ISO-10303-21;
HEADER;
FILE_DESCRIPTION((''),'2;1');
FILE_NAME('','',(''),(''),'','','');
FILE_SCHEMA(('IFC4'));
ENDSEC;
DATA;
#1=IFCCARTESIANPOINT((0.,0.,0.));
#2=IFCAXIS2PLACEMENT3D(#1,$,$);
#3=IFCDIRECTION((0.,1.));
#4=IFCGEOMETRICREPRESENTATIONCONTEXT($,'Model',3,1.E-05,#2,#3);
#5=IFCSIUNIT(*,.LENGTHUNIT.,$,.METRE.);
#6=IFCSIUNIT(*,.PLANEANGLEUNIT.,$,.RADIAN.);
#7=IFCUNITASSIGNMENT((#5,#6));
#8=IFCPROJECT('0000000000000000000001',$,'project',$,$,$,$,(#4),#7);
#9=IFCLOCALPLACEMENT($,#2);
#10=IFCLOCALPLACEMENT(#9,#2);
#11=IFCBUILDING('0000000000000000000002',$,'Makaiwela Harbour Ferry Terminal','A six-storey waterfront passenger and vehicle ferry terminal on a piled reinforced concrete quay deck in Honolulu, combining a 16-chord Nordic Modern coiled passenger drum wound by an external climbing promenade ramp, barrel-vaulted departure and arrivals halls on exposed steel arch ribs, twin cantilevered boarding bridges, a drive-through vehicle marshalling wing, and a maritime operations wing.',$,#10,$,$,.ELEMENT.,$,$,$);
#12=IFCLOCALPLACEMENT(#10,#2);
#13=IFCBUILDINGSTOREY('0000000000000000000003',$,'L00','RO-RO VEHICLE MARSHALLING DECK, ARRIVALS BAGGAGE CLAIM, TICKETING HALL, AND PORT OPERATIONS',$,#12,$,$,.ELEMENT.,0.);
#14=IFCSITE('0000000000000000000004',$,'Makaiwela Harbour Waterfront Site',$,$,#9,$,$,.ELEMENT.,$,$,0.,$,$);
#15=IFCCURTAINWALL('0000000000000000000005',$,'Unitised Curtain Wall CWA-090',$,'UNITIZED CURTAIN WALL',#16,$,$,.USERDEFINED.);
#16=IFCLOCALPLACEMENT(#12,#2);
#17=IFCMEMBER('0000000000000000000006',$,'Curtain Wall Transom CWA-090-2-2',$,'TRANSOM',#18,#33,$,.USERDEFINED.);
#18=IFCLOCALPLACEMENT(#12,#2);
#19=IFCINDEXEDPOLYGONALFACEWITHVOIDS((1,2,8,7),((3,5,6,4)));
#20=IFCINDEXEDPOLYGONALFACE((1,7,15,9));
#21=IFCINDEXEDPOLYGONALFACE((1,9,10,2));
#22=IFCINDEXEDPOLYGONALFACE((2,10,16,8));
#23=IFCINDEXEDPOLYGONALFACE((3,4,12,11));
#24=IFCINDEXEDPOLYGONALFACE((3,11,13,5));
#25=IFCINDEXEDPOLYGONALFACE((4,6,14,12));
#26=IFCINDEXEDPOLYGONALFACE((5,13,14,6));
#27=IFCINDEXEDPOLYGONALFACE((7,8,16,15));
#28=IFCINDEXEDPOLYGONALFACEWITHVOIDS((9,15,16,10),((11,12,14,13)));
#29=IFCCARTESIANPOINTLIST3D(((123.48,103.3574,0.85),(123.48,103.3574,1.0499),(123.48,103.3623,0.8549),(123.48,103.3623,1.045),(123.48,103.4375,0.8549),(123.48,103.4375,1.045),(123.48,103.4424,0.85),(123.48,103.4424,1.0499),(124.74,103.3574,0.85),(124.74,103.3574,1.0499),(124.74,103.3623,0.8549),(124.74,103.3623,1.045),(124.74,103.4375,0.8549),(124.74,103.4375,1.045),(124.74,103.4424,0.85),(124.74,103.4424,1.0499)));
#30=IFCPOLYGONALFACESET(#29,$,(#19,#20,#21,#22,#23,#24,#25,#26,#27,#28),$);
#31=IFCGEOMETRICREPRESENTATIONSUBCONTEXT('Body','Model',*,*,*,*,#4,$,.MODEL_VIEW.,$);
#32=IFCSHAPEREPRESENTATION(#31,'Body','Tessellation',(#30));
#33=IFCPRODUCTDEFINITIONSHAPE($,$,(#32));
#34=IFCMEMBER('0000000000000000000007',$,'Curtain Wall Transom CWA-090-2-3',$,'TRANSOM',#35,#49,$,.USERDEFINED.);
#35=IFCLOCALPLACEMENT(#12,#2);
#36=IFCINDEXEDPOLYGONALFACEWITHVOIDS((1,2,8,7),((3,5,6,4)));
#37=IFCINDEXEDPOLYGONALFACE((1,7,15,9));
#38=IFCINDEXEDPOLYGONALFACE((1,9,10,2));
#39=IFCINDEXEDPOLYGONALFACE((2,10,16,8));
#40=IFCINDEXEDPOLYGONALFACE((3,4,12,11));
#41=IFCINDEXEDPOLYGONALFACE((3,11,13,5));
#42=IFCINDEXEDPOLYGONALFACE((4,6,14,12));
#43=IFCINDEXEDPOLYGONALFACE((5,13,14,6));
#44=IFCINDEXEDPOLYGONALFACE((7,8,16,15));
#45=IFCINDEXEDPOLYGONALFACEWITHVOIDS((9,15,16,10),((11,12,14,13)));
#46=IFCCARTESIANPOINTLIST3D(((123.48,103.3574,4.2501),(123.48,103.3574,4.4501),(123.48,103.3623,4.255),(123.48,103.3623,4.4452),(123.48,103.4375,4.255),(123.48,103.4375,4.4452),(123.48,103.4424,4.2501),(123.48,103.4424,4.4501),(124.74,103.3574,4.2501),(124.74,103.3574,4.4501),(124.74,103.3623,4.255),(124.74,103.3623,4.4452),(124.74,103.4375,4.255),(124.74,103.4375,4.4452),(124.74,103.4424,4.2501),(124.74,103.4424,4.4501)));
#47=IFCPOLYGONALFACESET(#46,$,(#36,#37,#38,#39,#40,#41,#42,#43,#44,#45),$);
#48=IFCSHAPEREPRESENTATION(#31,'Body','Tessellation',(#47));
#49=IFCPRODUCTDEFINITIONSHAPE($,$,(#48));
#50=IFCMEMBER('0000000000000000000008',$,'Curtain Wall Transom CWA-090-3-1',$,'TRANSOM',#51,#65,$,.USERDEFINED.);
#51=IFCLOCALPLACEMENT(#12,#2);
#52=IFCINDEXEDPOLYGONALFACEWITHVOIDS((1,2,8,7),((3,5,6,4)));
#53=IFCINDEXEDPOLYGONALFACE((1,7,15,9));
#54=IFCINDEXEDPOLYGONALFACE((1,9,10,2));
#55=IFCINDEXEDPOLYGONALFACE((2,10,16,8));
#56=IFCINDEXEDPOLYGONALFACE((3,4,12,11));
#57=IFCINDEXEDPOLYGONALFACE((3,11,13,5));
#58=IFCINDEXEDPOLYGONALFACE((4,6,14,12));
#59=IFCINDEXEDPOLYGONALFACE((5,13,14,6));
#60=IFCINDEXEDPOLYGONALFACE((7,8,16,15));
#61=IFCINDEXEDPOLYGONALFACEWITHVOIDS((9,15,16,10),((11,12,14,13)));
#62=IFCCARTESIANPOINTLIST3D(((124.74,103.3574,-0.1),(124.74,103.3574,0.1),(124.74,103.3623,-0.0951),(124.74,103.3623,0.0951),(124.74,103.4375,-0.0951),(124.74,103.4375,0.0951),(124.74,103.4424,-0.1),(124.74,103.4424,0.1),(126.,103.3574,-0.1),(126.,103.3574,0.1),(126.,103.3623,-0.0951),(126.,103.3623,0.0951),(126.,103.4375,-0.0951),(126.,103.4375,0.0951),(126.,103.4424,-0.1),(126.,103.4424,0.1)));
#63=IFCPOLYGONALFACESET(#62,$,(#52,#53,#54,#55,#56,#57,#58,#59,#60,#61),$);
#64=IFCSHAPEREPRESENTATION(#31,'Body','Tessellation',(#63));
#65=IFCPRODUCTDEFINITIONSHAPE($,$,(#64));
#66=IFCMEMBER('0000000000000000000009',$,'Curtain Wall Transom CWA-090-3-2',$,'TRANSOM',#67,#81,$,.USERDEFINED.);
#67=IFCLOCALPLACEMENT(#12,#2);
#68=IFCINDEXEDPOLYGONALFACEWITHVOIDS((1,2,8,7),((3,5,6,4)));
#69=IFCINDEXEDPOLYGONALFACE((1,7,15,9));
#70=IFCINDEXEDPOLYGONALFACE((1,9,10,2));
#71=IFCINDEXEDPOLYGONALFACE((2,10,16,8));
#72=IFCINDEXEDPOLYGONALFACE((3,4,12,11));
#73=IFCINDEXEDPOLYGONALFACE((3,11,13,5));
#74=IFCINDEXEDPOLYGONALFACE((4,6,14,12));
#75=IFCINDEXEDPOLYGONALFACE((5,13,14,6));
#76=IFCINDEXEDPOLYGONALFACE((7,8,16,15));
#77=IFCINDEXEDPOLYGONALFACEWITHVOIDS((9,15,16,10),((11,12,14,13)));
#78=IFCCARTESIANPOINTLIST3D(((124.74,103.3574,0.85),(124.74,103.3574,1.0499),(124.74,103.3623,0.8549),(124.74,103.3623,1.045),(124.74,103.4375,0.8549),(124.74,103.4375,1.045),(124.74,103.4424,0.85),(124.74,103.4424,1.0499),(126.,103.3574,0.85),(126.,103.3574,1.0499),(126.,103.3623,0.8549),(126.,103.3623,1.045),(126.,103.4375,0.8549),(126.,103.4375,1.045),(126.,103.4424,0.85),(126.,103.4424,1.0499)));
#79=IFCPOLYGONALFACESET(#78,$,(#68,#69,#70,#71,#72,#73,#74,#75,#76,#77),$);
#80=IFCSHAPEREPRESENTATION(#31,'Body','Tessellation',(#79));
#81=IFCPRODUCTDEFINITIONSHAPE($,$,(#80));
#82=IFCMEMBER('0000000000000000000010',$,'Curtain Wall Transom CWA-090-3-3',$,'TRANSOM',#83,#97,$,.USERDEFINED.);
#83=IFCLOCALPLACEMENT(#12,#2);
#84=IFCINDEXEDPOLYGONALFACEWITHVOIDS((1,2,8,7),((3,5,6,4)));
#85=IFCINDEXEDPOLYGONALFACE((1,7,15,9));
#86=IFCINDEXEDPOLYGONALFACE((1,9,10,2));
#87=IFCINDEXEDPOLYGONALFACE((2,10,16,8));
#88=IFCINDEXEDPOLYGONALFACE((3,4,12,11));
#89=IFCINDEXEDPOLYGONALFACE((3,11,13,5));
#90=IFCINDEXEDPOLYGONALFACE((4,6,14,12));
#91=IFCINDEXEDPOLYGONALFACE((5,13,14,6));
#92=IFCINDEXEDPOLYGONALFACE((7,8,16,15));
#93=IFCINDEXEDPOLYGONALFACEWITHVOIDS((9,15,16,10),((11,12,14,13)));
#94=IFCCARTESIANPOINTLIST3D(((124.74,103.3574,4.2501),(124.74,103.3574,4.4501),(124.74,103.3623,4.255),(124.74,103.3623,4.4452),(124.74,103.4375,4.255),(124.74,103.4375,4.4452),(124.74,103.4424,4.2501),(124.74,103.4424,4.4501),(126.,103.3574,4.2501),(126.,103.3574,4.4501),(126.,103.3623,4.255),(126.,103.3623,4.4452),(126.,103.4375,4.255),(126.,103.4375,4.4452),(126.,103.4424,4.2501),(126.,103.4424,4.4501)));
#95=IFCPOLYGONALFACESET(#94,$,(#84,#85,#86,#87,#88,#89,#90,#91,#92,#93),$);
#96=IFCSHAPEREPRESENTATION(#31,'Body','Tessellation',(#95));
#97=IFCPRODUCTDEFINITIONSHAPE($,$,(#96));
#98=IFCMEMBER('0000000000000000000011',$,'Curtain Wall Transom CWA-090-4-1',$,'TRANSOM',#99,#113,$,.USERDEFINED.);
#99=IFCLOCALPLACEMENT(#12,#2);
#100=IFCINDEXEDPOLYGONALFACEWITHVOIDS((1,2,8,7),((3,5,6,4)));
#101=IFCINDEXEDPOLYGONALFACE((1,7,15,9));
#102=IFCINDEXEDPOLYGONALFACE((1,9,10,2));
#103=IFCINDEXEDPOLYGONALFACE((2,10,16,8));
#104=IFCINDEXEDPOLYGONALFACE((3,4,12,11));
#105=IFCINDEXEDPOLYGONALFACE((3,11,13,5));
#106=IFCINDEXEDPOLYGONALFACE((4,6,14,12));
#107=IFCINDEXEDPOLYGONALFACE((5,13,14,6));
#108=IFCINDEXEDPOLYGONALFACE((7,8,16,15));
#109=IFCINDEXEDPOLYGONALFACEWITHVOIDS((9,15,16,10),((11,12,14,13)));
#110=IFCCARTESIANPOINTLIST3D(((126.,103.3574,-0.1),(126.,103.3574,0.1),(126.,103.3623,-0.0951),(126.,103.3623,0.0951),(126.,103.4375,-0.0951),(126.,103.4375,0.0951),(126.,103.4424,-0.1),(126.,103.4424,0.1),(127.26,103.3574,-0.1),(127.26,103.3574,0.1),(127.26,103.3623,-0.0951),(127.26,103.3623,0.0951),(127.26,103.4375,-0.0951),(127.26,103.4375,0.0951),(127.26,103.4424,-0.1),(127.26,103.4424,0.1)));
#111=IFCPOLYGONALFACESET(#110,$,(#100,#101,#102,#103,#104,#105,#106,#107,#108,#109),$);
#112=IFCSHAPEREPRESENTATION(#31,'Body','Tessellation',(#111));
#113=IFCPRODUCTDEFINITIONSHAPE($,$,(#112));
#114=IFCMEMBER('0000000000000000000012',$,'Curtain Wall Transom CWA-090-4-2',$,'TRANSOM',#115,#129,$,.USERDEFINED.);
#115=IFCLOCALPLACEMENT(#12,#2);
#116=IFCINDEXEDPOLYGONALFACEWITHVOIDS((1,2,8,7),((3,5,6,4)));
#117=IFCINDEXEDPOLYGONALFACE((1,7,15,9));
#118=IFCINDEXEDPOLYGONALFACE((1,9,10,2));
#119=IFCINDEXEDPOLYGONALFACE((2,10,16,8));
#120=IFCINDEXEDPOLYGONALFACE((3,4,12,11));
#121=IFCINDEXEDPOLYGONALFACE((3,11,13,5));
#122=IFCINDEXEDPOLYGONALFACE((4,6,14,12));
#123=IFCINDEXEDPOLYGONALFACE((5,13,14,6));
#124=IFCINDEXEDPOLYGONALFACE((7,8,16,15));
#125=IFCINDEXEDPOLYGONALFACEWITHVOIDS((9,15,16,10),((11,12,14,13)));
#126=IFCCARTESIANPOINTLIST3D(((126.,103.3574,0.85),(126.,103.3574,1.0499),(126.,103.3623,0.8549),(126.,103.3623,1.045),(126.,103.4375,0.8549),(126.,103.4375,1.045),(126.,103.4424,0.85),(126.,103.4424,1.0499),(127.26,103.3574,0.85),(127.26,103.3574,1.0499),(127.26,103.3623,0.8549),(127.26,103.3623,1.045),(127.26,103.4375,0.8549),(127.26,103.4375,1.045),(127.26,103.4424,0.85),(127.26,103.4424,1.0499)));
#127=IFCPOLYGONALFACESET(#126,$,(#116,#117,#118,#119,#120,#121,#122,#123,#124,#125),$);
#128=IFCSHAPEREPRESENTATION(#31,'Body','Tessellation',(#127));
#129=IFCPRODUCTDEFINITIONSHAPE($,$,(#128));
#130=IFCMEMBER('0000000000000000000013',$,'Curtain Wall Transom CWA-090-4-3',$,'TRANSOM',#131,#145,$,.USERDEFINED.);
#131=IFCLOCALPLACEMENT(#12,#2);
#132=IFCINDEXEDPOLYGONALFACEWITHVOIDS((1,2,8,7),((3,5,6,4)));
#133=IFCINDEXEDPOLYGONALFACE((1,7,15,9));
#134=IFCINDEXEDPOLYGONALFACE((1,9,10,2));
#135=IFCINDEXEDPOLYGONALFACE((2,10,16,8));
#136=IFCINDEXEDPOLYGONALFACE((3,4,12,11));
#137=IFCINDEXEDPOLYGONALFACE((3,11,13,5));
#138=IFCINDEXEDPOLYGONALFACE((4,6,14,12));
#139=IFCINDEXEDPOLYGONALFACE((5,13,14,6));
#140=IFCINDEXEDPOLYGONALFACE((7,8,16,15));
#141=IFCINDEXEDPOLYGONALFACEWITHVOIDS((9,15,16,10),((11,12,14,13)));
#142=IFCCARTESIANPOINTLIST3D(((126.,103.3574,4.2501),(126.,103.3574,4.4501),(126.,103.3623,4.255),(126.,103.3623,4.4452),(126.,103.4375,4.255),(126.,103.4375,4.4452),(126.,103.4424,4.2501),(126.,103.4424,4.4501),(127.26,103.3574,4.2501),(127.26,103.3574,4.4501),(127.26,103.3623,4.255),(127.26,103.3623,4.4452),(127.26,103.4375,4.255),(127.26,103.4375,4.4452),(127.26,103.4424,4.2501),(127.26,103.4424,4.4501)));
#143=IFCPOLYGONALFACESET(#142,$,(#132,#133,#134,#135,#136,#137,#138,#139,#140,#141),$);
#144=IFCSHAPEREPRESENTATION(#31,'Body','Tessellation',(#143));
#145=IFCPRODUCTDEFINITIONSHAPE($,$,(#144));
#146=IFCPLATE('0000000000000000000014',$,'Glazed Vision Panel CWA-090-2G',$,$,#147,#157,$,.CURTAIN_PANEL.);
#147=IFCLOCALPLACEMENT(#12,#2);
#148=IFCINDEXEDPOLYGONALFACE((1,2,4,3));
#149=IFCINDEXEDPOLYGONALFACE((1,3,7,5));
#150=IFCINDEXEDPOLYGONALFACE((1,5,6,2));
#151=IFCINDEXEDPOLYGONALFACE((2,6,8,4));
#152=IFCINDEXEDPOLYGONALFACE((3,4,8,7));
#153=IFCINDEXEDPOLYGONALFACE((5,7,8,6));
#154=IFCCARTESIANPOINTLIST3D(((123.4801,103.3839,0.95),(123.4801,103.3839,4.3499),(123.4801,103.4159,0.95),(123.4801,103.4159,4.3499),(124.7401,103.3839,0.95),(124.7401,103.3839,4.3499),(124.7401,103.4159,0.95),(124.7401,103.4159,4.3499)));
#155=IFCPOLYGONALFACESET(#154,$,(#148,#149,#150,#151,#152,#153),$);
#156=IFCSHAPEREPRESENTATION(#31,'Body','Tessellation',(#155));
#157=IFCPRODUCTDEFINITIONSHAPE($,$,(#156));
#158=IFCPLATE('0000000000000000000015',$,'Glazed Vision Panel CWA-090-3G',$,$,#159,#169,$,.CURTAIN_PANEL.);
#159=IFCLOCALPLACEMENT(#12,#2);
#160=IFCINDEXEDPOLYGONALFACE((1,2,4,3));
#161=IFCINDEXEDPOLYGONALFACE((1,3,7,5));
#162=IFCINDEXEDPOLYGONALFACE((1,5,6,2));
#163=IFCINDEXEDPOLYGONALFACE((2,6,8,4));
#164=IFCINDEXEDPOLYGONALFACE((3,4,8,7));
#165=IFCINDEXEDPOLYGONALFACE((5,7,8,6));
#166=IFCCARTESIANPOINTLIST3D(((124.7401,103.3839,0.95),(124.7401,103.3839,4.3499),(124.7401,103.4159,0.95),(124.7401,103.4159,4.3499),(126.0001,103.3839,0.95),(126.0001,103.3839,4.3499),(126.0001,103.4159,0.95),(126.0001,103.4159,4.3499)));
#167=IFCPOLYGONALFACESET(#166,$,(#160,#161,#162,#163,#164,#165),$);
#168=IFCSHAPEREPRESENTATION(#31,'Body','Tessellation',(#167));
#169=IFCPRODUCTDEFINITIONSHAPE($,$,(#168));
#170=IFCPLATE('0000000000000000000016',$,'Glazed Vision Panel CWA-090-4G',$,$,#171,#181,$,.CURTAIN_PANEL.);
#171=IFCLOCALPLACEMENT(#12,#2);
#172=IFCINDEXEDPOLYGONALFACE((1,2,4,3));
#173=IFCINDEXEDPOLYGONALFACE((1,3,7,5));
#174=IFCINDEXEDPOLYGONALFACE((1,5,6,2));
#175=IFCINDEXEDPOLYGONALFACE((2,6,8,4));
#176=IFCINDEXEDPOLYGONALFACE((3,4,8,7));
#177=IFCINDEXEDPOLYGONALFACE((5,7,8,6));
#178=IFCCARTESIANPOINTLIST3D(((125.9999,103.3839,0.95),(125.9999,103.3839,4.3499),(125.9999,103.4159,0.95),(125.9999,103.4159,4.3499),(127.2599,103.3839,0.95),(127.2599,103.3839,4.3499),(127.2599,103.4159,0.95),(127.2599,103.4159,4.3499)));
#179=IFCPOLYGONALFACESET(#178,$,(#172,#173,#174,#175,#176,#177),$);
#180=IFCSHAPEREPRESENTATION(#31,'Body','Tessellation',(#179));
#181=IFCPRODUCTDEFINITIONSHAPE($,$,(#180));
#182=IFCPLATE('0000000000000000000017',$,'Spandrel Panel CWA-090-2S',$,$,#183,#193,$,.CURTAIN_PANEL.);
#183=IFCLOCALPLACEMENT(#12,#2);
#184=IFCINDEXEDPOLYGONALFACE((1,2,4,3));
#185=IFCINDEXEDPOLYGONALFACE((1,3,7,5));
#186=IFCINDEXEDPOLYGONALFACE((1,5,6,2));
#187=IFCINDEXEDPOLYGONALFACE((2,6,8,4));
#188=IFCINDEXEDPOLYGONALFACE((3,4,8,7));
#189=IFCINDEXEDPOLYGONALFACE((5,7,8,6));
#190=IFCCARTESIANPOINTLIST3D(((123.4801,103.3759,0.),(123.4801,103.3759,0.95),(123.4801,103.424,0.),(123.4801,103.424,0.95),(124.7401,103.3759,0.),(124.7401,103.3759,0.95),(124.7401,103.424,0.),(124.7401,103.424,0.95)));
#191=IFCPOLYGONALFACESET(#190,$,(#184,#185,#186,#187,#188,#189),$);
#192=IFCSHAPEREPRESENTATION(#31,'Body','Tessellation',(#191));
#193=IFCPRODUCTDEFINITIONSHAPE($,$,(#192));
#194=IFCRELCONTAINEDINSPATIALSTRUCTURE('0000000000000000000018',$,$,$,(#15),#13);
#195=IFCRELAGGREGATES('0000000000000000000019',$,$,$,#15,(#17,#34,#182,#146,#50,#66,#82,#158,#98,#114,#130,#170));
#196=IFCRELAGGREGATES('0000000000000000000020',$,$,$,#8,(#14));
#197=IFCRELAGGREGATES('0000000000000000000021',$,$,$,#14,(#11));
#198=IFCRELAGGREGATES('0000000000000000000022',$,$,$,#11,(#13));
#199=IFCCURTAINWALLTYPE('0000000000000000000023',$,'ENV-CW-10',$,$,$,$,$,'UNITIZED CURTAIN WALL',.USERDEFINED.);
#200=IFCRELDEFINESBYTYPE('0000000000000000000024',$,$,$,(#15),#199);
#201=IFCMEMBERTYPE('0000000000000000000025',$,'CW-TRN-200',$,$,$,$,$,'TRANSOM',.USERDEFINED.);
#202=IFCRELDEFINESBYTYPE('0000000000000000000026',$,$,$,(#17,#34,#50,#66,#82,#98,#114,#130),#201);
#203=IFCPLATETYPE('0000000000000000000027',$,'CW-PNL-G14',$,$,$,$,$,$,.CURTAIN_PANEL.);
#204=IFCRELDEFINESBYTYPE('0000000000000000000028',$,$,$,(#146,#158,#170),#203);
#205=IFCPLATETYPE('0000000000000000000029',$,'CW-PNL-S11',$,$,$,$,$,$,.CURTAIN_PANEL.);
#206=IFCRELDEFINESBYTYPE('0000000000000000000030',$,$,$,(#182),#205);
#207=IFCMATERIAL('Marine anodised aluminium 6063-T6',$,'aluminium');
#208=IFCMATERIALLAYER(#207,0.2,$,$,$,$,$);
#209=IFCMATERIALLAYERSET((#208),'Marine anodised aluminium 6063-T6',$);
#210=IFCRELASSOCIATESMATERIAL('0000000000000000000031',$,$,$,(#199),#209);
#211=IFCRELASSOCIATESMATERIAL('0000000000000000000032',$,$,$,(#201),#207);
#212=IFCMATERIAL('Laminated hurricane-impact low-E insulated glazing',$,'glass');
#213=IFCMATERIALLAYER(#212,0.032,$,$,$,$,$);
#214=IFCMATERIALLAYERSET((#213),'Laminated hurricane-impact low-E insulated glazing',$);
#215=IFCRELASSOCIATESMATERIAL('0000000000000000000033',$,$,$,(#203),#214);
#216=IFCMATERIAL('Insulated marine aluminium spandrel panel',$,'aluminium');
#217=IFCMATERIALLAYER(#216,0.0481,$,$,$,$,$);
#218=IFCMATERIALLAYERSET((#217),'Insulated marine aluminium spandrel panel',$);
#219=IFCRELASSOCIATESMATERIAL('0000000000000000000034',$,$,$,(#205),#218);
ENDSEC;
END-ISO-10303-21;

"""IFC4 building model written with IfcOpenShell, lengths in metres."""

from ifc_helpers import new_model, si_unit, direction, frame, origin, origin_2d, place, context, subcontext, project, spatial, rectangle, hollow_rectangle, extrude, material, layer, layer_set, material_profile, profile_set, type_object, element, aggregate, save


model = new_model("IFC4")

# Units and contexts
model_context = context("Model", 3, precision=1e-05, world=origin(), true_north=direction((0.0, 1.0)))
body_context = subcontext(model_context, "Body", "Model", "MODEL_VIEW")
ifc_project = project(units=[si_unit("LENGTHUNIT", "METRE"), si_unit("PLANEANGLEUNIT", "RADIAN")], contexts=[model_context])

# Site, building, storey
site_placement = place(None, origin())
site = spatial("IfcSite", under=ifc_project, at=site_placement, Name="Makaiwela Harbour Waterfront Site", CompositionType="ELEMENT", RefElevation=0.0)
building_placement = place(site_placement, origin())
building = spatial("IfcBuilding", under=site, at=building_placement, Name="Makaiwela Harbour Ferry Terminal", Description="A six-storey waterfront passenger and vehicle ferry terminal on a piled reinforced concrete quay deck in Honolulu, combining a 16-chord Nordic Modern coiled passenger drum wound by an external climbing promenade ramp, barrel-vaulted departure and arrivals halls on exposed steel arch ribs, twin cantilevered boarding bridges, a drive-through vehicle marshalling wing, and a maritime operations wing.", CompositionType="ELEMENT")
storey_placement = place(building_placement, origin())
storey = spatial("IfcBuildingStorey", under=building, at=storey_placement, Name="L00", Description="RO-RO VEHICLE MARSHALLING DECK, ARRIVALS BAGGAGE CLAIM, TICKETING HALL, AND PORT OPERATIONS", CompositionType="ELEMENT", Elevation=0.0)

# Curtain wall, members, plates
ifc_material_1 = material(Name="Marine anodised aluminium 6063-T6", Category="aluminium")
ifc_layer_1 = layer(ifc_material_1, 0.2)
ifc_layer_set_1 = layer_set([ifc_layer_1], Name="Marine anodised aluminium 6063-T6")
curtain_wall_type = type_object("IfcCurtainWallType", Name="ENV-CW-10", ElementType="UNITIZED CURTAIN WALL", PredefinedType="USERDEFINED", material=ifc_layer_set_1)
curtain_wall_placement = place(storey_placement, origin())
curtain_wall = element("IfcCurtainWall", 1, at=curtain_wall_placement, inside=storey, type_object=curtain_wall_type, Name="Unitised Curtain Wall CWA-090", ObjectType="UNITIZED CURTAIN WALL", PredefinedType="USERDEFINED")
ifc_material_profile_1 = material_profile(ifc_material_1, hollow_rectangle(XDim=0.085, YDim=0.2, WallThickness=0.0049, at=origin_2d()), Name="CWT-200X85")
ifc_profile_set_1 = profile_set([ifc_material_profile_1], Name="Marine anodised aluminium 6063-T6")
member_type_1 = type_object("IfcMemberType", Name="CW-TRN-200", ElementType="TRANSOM", PredefinedType="USERDEFINED", material=ifc_profile_set_1)
member_1_placement = place(storey_placement, frame((123.48, 103.3999, 0.95), z_axis=(1.0, 0.0, 0.0), x_axis=(0.0, 1.0, 0.0)))
member_1 = element("IfcMember", 2, at=member_1_placement, type_object=member_type_1, Name="Curtain Wall Transom CWA-090-2-2", ObjectType="TRANSOM", PredefinedType="USERDEFINED", context=body_context, shape_type="SweptSolid", body=[
    extrude(hollow_rectangle(XDim=0.085, YDim=0.2, WallThickness=0.0049, at=origin_2d()), origin(), (0.0, 0.0, 1.0), 1.26),
])
member_2_placement = place(storey_placement, frame((123.48, 103.3999, 4.3501), z_axis=(1.0, 0.0, 0.0), x_axis=(0.0, 1.0, 0.0)))
member_2 = element("IfcMember", 3, at=member_2_placement, type_object=member_type_1, Name="Curtain Wall Transom CWA-090-2-3", ObjectType="TRANSOM", PredefinedType="USERDEFINED", context=body_context, shape_type="SweptSolid", body=[
    extrude(hollow_rectangle(XDim=0.085, YDim=0.2, WallThickness=0.0049, at=origin_2d()), origin(), (0.0, 0.0, 1.0), 1.26),
])
member_3_placement = place(storey_placement, frame((124.74, 103.3999, 0.0), z_axis=(1.0, 0.0, 0.0), x_axis=(0.0, 1.0, 0.0)))
member_3 = element("IfcMember", 4, at=member_3_placement, type_object=member_type_1, Name="Curtain Wall Transom CWA-090-3-1", ObjectType="TRANSOM", PredefinedType="USERDEFINED", context=body_context, shape_type="SweptSolid", body=[
    extrude(hollow_rectangle(XDim=0.085, YDim=0.2, WallThickness=0.0049, at=origin_2d()), origin(), (0.0, 0.0, 1.0), 1.26),
])
member_4_placement = place(storey_placement, frame((124.74, 103.3999, 0.95), z_axis=(1.0, 0.0, 0.0), x_axis=(0.0, 1.0, 0.0)))
member_4 = element("IfcMember", 5, at=member_4_placement, type_object=member_type_1, Name="Curtain Wall Transom CWA-090-3-2", ObjectType="TRANSOM", PredefinedType="USERDEFINED", context=body_context, shape_type="SweptSolid", body=[
    extrude(hollow_rectangle(XDim=0.085, YDim=0.2, WallThickness=0.0049, at=origin_2d()), origin(), (0.0, 0.0, 1.0), 1.26),
])
member_5_placement = place(storey_placement, frame((124.74, 103.3999, 4.3501), z_axis=(1.0, 0.0, 0.0), x_axis=(0.0, 1.0, 0.0)))
member_5 = element("IfcMember", 6, at=member_5_placement, type_object=member_type_1, Name="Curtain Wall Transom CWA-090-3-3", ObjectType="TRANSOM", PredefinedType="USERDEFINED", context=body_context, shape_type="SweptSolid", body=[
    extrude(hollow_rectangle(XDim=0.085, YDim=0.2, WallThickness=0.0049, at=origin_2d()), origin(), (0.0, 0.0, 1.0), 1.26),
])
member_6_placement = place(storey_placement, frame((126.0, 103.3999, 0.0), z_axis=(1.0, 0.0, 0.0), x_axis=(0.0, 1.0, 0.0)))
member_6 = element("IfcMember", 7, at=member_6_placement, type_object=member_type_1, Name="Curtain Wall Transom CWA-090-4-1", ObjectType="TRANSOM", PredefinedType="USERDEFINED", context=body_context, shape_type="SweptSolid", body=[
    extrude(hollow_rectangle(XDim=0.085, YDim=0.2, WallThickness=0.0049, at=origin_2d()), origin(), (0.0, 0.0, 1.0), 1.26),
])
member_7_placement = place(storey_placement, frame((126.0, 103.3999, 0.95), z_axis=(1.0, 0.0, 0.0), x_axis=(0.0, 1.0, 0.0)))
member_7 = element("IfcMember", 8, at=member_7_placement, type_object=member_type_1, Name="Curtain Wall Transom CWA-090-4-2", ObjectType="TRANSOM", PredefinedType="USERDEFINED", context=body_context, shape_type="SweptSolid", body=[
    extrude(hollow_rectangle(XDim=0.085, YDim=0.2, WallThickness=0.0049, at=origin_2d()), origin(), (0.0, 0.0, 1.0), 1.26),
])
member_8_placement = place(storey_placement, frame((126.0, 103.3999, 4.3501), z_axis=(1.0, 0.0, 0.0), x_axis=(0.0, 1.0, 0.0)))
member_8 = element("IfcMember", 9, at=member_8_placement, type_object=member_type_1, Name="Curtain Wall Transom CWA-090-4-3", ObjectType="TRANSOM", PredefinedType="USERDEFINED", context=body_context, shape_type="SweptSolid", body=[
    extrude(hollow_rectangle(XDim=0.085, YDim=0.2, WallThickness=0.0049, at=origin_2d()), origin(), (0.0, 0.0, 1.0), 1.26),
])
ifc_material_2 = material(Name="Laminated hurricane-impact low-E insulated glazing", Category="glass")
ifc_layer_2 = layer(ifc_material_2, 0.032)
ifc_layer_set_2 = layer_set([ifc_layer_2], Name="Laminated hurricane-impact low-E insulated glazing")
plate_type_1 = type_object("IfcPlateType", Name="CW-PNL-G14", PredefinedType="CURTAIN_PANEL", material=ifc_layer_set_2)
plate_1_placement = place(storey_placement, frame((124.1101, 103.3999, 0.95), z_axis=(0.0, 0.0, 1.0), x_axis=(1.0, 0.0, 0.0)))
plate_1 = element("IfcPlate", 10, at=plate_1_placement, type_object=plate_type_1, Name="Glazed Vision Panel CWA-090-2G", PredefinedType="CURTAIN_PANEL", context=body_context, shape_type="SweptSolid", body=[
    extrude(rectangle(XDim=1.26, YDim=0.032, at=origin_2d()), origin(), (0.0, 0.0, 1.0), 3.3999),
])
plate_2_placement = place(storey_placement, frame((125.3701, 103.3999, 0.95), z_axis=(0.0, 0.0, 1.0), x_axis=(1.0, 0.0, 0.0)))
plate_2 = element("IfcPlate", 11, at=plate_2_placement, type_object=plate_type_1, Name="Glazed Vision Panel CWA-090-3G", PredefinedType="CURTAIN_PANEL", context=body_context, shape_type="SweptSolid", body=[
    extrude(rectangle(XDim=1.26, YDim=0.032, at=origin_2d()), origin(), (0.0, 0.0, 1.0), 3.3999),
])
plate_3_placement = place(storey_placement, frame((126.6299, 103.3999, 0.95), z_axis=(0.0, 0.0, 1.0), x_axis=(1.0, 0.0, 0.0)))
plate_3 = element("IfcPlate", 12, at=plate_3_placement, type_object=plate_type_1, Name="Glazed Vision Panel CWA-090-4G", PredefinedType="CURTAIN_PANEL", context=body_context, shape_type="SweptSolid", body=[
    extrude(rectangle(XDim=1.26, YDim=0.032, at=origin_2d()), origin(), (0.0, 0.0, 1.0), 3.3999),
])
ifc_material_3 = material(Name="Insulated marine aluminium spandrel panel", Category="aluminium")
ifc_layer_3 = layer(ifc_material_3, 0.0481)
ifc_layer_set_3 = layer_set([ifc_layer_3], Name="Insulated marine aluminium spandrel panel")
plate_type_2 = type_object("IfcPlateType", Name="CW-PNL-S11", PredefinedType="CURTAIN_PANEL", material=ifc_layer_set_3)
plate_4_placement = place(storey_placement, frame((124.1101, 103.3999, 0.0), z_axis=(0.0, 0.0, 1.0), x_axis=(1.0, 0.0, 0.0)))
plate_4 = element("IfcPlate", 13, at=plate_4_placement, type_object=plate_type_2, Name="Spandrel Panel CWA-090-2S", PredefinedType="CURTAIN_PANEL", context=body_context, shape_type="SweptSolid", body=[
    extrude(rectangle(XDim=1.26, YDim=0.0481, at=origin_2d()), origin(), (0.0, 0.0, 1.0), 0.95),
])
aggregate(curtain_wall, [member_1, member_2, plate_4, plate_1, member_3, member_4, member_5, plate_2, member_6, member_7, member_8, plate_3])

save(model, "model.ifc")
